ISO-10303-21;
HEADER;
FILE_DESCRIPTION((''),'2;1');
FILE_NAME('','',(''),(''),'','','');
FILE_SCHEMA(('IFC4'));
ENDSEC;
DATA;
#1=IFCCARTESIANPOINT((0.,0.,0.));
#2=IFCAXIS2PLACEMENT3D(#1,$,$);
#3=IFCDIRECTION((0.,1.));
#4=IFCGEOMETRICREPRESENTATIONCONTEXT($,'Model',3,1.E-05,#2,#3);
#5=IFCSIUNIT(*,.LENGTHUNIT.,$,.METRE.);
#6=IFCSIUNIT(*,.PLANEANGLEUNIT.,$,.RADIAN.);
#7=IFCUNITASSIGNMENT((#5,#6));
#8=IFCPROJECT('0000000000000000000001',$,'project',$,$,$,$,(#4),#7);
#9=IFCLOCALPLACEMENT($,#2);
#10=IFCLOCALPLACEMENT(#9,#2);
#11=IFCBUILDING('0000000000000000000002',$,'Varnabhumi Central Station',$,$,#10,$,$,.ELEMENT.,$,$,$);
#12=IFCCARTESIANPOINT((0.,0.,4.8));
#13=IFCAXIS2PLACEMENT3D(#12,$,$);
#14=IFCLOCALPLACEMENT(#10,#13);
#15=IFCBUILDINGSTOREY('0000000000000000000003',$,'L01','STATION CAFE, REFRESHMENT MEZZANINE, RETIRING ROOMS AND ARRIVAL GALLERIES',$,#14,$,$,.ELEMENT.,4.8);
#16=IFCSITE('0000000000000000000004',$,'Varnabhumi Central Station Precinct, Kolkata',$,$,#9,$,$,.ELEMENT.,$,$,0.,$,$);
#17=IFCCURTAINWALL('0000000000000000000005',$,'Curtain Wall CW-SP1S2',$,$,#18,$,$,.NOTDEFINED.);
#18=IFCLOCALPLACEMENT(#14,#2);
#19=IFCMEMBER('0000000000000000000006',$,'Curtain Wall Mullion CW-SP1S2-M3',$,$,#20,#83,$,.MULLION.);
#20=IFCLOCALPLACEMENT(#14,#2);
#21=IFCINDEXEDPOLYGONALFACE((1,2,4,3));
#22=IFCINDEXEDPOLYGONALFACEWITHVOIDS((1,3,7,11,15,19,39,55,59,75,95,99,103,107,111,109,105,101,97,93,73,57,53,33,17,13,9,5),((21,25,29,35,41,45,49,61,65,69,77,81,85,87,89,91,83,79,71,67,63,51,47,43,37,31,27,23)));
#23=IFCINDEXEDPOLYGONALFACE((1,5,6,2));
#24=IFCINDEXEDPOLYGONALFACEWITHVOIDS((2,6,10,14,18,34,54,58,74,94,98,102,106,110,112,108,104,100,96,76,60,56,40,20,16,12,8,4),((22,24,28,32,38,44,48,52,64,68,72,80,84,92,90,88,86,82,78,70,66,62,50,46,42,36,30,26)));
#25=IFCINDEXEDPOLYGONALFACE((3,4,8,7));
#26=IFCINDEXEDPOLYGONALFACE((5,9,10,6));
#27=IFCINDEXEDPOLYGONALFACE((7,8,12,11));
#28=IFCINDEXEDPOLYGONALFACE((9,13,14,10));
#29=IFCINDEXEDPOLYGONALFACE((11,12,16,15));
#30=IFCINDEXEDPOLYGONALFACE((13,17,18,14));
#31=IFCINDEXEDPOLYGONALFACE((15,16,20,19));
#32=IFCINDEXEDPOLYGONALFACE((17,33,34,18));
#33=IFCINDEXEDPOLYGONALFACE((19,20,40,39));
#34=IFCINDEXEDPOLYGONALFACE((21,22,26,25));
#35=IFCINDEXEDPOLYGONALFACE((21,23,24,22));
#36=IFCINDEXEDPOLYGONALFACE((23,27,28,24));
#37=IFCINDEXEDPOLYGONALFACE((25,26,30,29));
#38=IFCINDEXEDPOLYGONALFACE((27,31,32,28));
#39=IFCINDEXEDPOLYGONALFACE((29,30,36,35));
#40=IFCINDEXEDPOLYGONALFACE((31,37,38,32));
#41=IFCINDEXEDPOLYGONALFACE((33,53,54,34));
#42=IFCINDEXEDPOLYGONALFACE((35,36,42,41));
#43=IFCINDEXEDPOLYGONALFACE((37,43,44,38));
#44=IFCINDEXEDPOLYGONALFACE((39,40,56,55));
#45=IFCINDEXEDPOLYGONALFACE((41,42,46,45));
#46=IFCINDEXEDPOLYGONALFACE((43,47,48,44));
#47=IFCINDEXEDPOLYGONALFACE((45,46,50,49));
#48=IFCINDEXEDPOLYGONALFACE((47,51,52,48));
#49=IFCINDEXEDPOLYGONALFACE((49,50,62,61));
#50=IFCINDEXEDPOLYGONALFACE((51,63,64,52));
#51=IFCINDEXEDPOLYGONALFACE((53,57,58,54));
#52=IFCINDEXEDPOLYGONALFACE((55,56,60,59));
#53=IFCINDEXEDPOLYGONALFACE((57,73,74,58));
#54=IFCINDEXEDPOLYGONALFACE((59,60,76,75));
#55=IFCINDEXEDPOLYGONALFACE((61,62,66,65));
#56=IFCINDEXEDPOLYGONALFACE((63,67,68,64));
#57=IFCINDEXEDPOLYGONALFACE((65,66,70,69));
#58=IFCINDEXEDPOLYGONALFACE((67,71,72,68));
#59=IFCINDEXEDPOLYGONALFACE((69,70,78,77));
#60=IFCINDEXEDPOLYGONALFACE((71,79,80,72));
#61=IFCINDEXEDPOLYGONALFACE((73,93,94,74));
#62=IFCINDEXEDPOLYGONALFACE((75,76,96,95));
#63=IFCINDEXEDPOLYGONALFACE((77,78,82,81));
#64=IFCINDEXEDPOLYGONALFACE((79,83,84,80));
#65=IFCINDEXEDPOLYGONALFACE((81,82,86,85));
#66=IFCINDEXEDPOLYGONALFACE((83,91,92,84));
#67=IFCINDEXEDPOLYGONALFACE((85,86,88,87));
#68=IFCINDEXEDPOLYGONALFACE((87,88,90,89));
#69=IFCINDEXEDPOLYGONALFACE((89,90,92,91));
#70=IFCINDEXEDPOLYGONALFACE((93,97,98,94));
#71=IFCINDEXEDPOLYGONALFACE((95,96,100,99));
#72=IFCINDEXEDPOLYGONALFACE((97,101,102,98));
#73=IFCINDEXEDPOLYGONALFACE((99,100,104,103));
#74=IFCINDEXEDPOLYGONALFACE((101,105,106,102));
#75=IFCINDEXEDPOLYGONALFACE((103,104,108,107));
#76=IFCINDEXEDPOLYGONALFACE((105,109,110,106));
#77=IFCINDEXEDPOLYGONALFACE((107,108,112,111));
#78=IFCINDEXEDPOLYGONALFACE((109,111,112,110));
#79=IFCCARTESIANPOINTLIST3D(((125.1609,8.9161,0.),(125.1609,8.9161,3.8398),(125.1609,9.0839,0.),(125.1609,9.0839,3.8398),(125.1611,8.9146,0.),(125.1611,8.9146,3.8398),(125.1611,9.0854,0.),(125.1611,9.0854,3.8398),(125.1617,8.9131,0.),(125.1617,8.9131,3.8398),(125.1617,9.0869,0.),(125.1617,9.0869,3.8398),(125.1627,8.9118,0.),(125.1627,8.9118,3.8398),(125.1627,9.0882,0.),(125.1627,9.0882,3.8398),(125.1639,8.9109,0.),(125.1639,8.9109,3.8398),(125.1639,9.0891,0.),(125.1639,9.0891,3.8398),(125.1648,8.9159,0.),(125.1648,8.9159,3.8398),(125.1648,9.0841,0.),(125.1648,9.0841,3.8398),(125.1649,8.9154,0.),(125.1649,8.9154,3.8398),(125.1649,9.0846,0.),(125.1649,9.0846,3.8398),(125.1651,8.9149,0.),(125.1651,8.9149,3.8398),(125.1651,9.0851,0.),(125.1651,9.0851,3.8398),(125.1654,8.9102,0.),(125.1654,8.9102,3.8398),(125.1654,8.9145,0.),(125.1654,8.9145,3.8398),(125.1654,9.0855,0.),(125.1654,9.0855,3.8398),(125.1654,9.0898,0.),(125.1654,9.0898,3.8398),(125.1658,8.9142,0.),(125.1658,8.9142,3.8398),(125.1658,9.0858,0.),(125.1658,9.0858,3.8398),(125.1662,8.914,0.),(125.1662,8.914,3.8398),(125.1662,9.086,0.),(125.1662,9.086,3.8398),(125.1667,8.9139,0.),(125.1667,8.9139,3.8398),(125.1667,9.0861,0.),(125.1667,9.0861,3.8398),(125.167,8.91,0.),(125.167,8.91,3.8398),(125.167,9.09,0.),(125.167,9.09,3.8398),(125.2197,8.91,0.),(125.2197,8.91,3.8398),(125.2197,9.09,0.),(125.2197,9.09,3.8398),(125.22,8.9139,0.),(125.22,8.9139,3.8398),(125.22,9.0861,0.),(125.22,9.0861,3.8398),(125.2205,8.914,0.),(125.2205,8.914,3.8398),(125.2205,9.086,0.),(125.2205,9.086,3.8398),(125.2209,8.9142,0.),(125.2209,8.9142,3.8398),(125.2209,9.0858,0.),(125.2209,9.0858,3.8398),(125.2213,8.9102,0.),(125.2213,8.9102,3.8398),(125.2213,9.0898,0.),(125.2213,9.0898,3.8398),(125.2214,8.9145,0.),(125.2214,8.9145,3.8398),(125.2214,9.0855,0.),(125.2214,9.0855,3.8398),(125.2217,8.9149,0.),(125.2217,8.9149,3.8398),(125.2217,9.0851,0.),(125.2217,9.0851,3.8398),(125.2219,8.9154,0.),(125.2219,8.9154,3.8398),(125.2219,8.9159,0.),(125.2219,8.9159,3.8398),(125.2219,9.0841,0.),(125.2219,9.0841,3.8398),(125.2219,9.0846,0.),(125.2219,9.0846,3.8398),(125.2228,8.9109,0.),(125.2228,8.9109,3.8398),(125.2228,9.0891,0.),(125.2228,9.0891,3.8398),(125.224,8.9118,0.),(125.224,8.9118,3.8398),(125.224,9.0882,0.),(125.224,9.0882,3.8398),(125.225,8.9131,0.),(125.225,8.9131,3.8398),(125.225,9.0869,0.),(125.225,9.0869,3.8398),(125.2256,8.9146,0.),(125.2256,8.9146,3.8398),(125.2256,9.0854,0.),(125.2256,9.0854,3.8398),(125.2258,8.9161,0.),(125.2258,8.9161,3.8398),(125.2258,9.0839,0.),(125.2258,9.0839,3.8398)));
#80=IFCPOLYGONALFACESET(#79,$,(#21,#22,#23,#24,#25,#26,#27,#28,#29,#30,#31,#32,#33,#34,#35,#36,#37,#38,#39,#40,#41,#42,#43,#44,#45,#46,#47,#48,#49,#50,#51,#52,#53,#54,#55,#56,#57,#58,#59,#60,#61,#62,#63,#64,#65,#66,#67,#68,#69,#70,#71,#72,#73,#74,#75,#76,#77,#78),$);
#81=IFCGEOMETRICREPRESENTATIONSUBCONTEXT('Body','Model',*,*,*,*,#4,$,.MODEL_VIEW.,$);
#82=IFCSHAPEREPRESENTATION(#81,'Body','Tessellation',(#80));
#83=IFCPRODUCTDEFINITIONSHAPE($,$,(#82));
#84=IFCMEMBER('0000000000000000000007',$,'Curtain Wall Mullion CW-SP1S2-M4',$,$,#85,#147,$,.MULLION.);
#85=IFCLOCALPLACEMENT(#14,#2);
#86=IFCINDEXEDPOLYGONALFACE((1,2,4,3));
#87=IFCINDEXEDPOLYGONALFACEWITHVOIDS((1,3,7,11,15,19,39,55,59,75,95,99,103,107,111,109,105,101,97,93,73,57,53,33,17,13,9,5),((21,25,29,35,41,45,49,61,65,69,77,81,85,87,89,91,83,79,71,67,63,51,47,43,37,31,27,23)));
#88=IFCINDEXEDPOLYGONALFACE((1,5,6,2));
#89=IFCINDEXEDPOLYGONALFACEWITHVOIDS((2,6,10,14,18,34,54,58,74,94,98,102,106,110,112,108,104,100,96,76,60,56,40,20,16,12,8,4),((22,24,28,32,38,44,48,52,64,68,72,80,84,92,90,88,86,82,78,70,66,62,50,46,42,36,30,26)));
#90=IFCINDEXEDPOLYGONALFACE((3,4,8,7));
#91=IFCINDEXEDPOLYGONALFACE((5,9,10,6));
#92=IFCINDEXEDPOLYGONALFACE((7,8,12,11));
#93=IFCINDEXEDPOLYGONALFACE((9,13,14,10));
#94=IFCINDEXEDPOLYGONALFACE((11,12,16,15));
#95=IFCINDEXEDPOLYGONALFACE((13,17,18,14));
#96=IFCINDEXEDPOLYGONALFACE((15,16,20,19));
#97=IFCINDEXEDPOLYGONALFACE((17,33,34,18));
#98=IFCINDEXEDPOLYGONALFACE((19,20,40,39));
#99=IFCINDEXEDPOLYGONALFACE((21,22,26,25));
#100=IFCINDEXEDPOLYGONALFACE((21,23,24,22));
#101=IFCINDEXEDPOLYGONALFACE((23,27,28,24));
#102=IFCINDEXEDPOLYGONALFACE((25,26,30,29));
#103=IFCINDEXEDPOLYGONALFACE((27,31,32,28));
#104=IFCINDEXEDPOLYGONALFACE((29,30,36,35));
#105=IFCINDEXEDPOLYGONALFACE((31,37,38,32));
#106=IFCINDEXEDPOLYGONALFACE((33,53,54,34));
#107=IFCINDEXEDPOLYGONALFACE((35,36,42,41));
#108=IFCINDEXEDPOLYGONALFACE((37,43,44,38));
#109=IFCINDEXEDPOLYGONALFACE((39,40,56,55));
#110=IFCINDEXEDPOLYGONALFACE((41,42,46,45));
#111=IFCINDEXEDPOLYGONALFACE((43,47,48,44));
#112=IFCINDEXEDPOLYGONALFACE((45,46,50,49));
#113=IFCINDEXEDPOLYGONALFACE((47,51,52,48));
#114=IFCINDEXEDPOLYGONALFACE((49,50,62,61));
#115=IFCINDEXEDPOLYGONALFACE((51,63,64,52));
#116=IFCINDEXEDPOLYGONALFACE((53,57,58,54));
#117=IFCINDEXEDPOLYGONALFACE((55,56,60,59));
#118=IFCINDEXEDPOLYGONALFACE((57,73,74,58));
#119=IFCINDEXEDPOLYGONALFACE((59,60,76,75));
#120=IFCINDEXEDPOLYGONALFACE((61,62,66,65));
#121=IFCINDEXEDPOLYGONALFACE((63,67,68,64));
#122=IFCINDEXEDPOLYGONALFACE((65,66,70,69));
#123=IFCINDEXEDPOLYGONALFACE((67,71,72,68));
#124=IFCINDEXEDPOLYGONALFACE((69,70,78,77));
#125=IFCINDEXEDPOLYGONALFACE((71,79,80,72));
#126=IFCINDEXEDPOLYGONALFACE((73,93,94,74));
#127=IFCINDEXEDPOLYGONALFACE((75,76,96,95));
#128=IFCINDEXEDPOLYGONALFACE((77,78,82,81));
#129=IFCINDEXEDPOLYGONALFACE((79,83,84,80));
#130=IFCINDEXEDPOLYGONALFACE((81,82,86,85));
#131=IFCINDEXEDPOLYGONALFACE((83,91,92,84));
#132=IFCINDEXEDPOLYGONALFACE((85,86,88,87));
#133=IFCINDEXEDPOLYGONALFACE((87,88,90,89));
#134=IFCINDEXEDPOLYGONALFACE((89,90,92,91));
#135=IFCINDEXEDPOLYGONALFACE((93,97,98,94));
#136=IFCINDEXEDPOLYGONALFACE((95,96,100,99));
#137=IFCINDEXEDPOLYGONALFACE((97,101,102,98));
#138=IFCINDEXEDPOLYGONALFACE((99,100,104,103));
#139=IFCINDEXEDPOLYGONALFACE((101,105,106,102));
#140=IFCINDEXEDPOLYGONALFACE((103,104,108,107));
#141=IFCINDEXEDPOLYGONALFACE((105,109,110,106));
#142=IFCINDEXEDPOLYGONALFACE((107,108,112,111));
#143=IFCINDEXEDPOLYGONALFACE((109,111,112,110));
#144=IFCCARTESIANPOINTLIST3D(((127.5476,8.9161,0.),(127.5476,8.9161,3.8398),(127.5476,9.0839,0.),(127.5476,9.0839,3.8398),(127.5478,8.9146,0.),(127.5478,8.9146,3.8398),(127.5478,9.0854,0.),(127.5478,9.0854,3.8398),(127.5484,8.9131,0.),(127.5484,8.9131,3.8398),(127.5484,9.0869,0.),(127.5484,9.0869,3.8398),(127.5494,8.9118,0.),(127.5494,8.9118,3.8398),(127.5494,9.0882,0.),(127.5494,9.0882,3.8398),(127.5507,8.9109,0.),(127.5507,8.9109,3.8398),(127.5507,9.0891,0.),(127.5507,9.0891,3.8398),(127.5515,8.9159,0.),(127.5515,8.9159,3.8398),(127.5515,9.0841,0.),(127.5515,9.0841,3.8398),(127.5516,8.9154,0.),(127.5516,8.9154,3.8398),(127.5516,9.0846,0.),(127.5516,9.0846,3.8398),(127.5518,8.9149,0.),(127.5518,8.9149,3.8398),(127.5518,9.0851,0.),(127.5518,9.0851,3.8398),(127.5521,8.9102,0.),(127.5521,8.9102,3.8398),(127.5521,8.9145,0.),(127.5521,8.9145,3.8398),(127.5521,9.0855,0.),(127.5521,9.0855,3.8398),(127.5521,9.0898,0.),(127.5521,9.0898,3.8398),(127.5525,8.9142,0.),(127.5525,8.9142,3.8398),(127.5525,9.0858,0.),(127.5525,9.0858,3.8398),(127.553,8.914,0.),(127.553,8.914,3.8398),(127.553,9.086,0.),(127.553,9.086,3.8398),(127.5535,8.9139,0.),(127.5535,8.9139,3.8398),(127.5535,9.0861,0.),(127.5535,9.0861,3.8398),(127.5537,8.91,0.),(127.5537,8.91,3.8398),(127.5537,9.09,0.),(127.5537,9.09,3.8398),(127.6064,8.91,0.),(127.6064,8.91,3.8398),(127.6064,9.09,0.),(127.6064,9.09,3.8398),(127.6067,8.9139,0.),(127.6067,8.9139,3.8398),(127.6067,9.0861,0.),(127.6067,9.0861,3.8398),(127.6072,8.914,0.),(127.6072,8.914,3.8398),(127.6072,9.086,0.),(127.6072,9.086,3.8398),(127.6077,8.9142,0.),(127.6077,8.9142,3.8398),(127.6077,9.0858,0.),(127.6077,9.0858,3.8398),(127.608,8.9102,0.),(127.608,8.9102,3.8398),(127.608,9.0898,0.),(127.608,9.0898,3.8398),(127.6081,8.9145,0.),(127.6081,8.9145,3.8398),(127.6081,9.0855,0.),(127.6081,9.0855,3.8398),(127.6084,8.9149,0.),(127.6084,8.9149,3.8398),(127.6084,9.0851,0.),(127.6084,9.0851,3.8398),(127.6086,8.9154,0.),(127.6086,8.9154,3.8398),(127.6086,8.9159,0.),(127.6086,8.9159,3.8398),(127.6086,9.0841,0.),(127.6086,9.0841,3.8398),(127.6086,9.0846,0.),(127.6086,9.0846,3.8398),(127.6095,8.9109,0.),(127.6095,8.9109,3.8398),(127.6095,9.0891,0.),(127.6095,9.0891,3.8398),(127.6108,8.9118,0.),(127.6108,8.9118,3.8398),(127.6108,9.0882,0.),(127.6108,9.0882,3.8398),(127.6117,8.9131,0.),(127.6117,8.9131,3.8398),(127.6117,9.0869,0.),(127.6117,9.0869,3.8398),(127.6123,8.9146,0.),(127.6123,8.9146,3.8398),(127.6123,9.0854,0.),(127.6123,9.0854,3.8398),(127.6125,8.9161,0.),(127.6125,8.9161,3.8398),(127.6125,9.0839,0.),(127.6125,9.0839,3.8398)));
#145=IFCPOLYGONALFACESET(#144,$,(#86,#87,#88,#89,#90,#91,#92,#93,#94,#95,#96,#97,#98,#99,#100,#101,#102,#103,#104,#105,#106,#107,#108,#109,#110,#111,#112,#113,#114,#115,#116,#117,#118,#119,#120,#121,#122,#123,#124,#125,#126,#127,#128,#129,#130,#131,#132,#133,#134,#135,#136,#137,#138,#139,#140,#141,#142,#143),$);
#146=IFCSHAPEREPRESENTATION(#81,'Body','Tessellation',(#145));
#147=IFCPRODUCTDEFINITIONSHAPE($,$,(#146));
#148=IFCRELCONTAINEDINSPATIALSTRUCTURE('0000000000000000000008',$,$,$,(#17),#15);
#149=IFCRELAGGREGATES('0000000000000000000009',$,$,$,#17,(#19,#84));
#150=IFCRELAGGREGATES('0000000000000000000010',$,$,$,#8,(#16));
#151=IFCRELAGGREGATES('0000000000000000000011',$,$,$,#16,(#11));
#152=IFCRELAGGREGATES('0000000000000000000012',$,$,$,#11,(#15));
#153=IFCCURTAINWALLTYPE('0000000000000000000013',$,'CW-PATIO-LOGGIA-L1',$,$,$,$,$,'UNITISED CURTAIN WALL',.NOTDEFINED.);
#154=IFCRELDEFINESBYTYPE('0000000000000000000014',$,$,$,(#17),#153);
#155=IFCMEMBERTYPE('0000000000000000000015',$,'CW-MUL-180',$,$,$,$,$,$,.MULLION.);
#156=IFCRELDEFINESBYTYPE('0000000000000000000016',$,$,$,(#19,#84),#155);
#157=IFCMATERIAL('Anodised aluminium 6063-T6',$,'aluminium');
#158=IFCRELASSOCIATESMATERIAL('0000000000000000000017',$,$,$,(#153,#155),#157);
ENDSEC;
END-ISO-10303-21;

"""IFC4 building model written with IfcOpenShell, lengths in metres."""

from ifc_helpers import new_model, si_unit, direction, frame, origin, origin_2d, place, context, subcontext, project, spatial, hollow_rectangle, extrude, material, material_profile, profile_set, type_object, element, aggregate, save


model = new_model("IFC4")

# Units and contexts
model_context = context("Model", 3, precision=1e-05, world=origin(), true_north=direction((0.0, 1.0)))
body_context = subcontext(model_context, "Body", "Model", "MODEL_VIEW")
ifc_project = project(units=[si_unit("LENGTHUNIT", "METRE"), si_unit("PLANEANGLEUNIT", "RADIAN")], contexts=[model_context])

# Site, building, storey
site_placement = place(None, origin())
site = spatial("IfcSite", under=ifc_project, at=site_placement, Name="Varnabhumi Central Station Precinct, Kolkata", CompositionType="ELEMENT", RefElevation=0.0)
building_placement = place(site_placement, origin())
building = spatial("IfcBuilding", under=site, at=building_placement, Name="Varnabhumi Central Station", CompositionType="ELEMENT")
storey_placement = place(building_placement, frame((0.0, 0.0, 4.8)))
storey = spatial("IfcBuildingStorey", under=building, at=storey_placement, Name="L01", Description="STATION CAFE, REFRESHMENT MEZZANINE, RETIRING ROOMS AND ARRIVAL GALLERIES", CompositionType="ELEMENT", Elevation=4.8)

# Shared definitions
ifc_material_1 = material(Name="Anodised aluminium 6063-T6", Category="aluminium")
curtain_wall_type = type_object("IfcCurtainWallType", Name="CW-PATIO-LOGGIA-L1", ElementType="UNITISED CURTAIN WALL", PredefinedType="NOTDEFINED", material=ifc_material_1)
ifc_material_profile_1 = material_profile(ifc_material_1, hollow_rectangle(XDim=0.0649, YDim=0.1799, WallThickness=0.0039, InnerFilletRadius=0.002, OuterFilletRadius=0.0061, at=origin_2d()), Name="Anodised aluminium 6063-T6", Category="aluminium")
ifc_profile_set_1 = profile_set([ifc_material_profile_1], Name="Anodised aluminium 6063-T6")
member_type_1 = type_object("IfcMemberType", Name="CW-MUL-180", PredefinedType="MULLION", material=ifc_profile_set_1)

# Curtain wall, members
curtain_wall_1_placement = place(storey_placement, origin())
curtain_wall_1 = element("IfcCurtainWall", 1, at=curtain_wall_1_placement, inside=storey, type_object=curtain_wall_type, Name="Curtain Wall CW-SP1S2", PredefinedType="NOTDEFINED")
member_1_placement = place(storey_placement, frame((125.1934, 9.0, 0.0), z_axis=(0.0, 0.0, 1.0), x_axis=(1.0, 0.0, 0.0)))
member_1 = element("IfcMember", 2, at=member_1_placement, type_object=member_type_1, Name="Curtain Wall Mullion CW-SP1S2-M3", PredefinedType="MULLION", context=body_context, shape_type="SweptSolid", body=[
    extrude(hollow_rectangle(XDim=0.0649, YDim=0.1799, WallThickness=0.0039, InnerFilletRadius=0.002, OuterFilletRadius=0.0061, at=origin_2d()), origin(), (0.0, 0.0, 1.0), 3.8398),
])
member_2_placement = place(storey_placement, frame((127.5801, 9.0, 0.0), z_axis=(0.0, 0.0, 1.0), x_axis=(1.0, 0.0, 0.0)))
member_2 = element("IfcMember", 3, at=member_2_placement, type_object=member_type_1, Name="Curtain Wall Mullion CW-SP1S2-M4", PredefinedType="MULLION", context=body_context, shape_type="SweptSolid", body=[
    extrude(hollow_rectangle(XDim=0.0649, YDim=0.1799, WallThickness=0.0039, InnerFilletRadius=0.002, OuterFilletRadius=0.0061, at=origin_2d()), origin(), (0.0, 0.0, 1.0), 3.8398),
])

aggregate(curtain_wall_1, [member_1, member_2])

save(model, "model.ifc")
